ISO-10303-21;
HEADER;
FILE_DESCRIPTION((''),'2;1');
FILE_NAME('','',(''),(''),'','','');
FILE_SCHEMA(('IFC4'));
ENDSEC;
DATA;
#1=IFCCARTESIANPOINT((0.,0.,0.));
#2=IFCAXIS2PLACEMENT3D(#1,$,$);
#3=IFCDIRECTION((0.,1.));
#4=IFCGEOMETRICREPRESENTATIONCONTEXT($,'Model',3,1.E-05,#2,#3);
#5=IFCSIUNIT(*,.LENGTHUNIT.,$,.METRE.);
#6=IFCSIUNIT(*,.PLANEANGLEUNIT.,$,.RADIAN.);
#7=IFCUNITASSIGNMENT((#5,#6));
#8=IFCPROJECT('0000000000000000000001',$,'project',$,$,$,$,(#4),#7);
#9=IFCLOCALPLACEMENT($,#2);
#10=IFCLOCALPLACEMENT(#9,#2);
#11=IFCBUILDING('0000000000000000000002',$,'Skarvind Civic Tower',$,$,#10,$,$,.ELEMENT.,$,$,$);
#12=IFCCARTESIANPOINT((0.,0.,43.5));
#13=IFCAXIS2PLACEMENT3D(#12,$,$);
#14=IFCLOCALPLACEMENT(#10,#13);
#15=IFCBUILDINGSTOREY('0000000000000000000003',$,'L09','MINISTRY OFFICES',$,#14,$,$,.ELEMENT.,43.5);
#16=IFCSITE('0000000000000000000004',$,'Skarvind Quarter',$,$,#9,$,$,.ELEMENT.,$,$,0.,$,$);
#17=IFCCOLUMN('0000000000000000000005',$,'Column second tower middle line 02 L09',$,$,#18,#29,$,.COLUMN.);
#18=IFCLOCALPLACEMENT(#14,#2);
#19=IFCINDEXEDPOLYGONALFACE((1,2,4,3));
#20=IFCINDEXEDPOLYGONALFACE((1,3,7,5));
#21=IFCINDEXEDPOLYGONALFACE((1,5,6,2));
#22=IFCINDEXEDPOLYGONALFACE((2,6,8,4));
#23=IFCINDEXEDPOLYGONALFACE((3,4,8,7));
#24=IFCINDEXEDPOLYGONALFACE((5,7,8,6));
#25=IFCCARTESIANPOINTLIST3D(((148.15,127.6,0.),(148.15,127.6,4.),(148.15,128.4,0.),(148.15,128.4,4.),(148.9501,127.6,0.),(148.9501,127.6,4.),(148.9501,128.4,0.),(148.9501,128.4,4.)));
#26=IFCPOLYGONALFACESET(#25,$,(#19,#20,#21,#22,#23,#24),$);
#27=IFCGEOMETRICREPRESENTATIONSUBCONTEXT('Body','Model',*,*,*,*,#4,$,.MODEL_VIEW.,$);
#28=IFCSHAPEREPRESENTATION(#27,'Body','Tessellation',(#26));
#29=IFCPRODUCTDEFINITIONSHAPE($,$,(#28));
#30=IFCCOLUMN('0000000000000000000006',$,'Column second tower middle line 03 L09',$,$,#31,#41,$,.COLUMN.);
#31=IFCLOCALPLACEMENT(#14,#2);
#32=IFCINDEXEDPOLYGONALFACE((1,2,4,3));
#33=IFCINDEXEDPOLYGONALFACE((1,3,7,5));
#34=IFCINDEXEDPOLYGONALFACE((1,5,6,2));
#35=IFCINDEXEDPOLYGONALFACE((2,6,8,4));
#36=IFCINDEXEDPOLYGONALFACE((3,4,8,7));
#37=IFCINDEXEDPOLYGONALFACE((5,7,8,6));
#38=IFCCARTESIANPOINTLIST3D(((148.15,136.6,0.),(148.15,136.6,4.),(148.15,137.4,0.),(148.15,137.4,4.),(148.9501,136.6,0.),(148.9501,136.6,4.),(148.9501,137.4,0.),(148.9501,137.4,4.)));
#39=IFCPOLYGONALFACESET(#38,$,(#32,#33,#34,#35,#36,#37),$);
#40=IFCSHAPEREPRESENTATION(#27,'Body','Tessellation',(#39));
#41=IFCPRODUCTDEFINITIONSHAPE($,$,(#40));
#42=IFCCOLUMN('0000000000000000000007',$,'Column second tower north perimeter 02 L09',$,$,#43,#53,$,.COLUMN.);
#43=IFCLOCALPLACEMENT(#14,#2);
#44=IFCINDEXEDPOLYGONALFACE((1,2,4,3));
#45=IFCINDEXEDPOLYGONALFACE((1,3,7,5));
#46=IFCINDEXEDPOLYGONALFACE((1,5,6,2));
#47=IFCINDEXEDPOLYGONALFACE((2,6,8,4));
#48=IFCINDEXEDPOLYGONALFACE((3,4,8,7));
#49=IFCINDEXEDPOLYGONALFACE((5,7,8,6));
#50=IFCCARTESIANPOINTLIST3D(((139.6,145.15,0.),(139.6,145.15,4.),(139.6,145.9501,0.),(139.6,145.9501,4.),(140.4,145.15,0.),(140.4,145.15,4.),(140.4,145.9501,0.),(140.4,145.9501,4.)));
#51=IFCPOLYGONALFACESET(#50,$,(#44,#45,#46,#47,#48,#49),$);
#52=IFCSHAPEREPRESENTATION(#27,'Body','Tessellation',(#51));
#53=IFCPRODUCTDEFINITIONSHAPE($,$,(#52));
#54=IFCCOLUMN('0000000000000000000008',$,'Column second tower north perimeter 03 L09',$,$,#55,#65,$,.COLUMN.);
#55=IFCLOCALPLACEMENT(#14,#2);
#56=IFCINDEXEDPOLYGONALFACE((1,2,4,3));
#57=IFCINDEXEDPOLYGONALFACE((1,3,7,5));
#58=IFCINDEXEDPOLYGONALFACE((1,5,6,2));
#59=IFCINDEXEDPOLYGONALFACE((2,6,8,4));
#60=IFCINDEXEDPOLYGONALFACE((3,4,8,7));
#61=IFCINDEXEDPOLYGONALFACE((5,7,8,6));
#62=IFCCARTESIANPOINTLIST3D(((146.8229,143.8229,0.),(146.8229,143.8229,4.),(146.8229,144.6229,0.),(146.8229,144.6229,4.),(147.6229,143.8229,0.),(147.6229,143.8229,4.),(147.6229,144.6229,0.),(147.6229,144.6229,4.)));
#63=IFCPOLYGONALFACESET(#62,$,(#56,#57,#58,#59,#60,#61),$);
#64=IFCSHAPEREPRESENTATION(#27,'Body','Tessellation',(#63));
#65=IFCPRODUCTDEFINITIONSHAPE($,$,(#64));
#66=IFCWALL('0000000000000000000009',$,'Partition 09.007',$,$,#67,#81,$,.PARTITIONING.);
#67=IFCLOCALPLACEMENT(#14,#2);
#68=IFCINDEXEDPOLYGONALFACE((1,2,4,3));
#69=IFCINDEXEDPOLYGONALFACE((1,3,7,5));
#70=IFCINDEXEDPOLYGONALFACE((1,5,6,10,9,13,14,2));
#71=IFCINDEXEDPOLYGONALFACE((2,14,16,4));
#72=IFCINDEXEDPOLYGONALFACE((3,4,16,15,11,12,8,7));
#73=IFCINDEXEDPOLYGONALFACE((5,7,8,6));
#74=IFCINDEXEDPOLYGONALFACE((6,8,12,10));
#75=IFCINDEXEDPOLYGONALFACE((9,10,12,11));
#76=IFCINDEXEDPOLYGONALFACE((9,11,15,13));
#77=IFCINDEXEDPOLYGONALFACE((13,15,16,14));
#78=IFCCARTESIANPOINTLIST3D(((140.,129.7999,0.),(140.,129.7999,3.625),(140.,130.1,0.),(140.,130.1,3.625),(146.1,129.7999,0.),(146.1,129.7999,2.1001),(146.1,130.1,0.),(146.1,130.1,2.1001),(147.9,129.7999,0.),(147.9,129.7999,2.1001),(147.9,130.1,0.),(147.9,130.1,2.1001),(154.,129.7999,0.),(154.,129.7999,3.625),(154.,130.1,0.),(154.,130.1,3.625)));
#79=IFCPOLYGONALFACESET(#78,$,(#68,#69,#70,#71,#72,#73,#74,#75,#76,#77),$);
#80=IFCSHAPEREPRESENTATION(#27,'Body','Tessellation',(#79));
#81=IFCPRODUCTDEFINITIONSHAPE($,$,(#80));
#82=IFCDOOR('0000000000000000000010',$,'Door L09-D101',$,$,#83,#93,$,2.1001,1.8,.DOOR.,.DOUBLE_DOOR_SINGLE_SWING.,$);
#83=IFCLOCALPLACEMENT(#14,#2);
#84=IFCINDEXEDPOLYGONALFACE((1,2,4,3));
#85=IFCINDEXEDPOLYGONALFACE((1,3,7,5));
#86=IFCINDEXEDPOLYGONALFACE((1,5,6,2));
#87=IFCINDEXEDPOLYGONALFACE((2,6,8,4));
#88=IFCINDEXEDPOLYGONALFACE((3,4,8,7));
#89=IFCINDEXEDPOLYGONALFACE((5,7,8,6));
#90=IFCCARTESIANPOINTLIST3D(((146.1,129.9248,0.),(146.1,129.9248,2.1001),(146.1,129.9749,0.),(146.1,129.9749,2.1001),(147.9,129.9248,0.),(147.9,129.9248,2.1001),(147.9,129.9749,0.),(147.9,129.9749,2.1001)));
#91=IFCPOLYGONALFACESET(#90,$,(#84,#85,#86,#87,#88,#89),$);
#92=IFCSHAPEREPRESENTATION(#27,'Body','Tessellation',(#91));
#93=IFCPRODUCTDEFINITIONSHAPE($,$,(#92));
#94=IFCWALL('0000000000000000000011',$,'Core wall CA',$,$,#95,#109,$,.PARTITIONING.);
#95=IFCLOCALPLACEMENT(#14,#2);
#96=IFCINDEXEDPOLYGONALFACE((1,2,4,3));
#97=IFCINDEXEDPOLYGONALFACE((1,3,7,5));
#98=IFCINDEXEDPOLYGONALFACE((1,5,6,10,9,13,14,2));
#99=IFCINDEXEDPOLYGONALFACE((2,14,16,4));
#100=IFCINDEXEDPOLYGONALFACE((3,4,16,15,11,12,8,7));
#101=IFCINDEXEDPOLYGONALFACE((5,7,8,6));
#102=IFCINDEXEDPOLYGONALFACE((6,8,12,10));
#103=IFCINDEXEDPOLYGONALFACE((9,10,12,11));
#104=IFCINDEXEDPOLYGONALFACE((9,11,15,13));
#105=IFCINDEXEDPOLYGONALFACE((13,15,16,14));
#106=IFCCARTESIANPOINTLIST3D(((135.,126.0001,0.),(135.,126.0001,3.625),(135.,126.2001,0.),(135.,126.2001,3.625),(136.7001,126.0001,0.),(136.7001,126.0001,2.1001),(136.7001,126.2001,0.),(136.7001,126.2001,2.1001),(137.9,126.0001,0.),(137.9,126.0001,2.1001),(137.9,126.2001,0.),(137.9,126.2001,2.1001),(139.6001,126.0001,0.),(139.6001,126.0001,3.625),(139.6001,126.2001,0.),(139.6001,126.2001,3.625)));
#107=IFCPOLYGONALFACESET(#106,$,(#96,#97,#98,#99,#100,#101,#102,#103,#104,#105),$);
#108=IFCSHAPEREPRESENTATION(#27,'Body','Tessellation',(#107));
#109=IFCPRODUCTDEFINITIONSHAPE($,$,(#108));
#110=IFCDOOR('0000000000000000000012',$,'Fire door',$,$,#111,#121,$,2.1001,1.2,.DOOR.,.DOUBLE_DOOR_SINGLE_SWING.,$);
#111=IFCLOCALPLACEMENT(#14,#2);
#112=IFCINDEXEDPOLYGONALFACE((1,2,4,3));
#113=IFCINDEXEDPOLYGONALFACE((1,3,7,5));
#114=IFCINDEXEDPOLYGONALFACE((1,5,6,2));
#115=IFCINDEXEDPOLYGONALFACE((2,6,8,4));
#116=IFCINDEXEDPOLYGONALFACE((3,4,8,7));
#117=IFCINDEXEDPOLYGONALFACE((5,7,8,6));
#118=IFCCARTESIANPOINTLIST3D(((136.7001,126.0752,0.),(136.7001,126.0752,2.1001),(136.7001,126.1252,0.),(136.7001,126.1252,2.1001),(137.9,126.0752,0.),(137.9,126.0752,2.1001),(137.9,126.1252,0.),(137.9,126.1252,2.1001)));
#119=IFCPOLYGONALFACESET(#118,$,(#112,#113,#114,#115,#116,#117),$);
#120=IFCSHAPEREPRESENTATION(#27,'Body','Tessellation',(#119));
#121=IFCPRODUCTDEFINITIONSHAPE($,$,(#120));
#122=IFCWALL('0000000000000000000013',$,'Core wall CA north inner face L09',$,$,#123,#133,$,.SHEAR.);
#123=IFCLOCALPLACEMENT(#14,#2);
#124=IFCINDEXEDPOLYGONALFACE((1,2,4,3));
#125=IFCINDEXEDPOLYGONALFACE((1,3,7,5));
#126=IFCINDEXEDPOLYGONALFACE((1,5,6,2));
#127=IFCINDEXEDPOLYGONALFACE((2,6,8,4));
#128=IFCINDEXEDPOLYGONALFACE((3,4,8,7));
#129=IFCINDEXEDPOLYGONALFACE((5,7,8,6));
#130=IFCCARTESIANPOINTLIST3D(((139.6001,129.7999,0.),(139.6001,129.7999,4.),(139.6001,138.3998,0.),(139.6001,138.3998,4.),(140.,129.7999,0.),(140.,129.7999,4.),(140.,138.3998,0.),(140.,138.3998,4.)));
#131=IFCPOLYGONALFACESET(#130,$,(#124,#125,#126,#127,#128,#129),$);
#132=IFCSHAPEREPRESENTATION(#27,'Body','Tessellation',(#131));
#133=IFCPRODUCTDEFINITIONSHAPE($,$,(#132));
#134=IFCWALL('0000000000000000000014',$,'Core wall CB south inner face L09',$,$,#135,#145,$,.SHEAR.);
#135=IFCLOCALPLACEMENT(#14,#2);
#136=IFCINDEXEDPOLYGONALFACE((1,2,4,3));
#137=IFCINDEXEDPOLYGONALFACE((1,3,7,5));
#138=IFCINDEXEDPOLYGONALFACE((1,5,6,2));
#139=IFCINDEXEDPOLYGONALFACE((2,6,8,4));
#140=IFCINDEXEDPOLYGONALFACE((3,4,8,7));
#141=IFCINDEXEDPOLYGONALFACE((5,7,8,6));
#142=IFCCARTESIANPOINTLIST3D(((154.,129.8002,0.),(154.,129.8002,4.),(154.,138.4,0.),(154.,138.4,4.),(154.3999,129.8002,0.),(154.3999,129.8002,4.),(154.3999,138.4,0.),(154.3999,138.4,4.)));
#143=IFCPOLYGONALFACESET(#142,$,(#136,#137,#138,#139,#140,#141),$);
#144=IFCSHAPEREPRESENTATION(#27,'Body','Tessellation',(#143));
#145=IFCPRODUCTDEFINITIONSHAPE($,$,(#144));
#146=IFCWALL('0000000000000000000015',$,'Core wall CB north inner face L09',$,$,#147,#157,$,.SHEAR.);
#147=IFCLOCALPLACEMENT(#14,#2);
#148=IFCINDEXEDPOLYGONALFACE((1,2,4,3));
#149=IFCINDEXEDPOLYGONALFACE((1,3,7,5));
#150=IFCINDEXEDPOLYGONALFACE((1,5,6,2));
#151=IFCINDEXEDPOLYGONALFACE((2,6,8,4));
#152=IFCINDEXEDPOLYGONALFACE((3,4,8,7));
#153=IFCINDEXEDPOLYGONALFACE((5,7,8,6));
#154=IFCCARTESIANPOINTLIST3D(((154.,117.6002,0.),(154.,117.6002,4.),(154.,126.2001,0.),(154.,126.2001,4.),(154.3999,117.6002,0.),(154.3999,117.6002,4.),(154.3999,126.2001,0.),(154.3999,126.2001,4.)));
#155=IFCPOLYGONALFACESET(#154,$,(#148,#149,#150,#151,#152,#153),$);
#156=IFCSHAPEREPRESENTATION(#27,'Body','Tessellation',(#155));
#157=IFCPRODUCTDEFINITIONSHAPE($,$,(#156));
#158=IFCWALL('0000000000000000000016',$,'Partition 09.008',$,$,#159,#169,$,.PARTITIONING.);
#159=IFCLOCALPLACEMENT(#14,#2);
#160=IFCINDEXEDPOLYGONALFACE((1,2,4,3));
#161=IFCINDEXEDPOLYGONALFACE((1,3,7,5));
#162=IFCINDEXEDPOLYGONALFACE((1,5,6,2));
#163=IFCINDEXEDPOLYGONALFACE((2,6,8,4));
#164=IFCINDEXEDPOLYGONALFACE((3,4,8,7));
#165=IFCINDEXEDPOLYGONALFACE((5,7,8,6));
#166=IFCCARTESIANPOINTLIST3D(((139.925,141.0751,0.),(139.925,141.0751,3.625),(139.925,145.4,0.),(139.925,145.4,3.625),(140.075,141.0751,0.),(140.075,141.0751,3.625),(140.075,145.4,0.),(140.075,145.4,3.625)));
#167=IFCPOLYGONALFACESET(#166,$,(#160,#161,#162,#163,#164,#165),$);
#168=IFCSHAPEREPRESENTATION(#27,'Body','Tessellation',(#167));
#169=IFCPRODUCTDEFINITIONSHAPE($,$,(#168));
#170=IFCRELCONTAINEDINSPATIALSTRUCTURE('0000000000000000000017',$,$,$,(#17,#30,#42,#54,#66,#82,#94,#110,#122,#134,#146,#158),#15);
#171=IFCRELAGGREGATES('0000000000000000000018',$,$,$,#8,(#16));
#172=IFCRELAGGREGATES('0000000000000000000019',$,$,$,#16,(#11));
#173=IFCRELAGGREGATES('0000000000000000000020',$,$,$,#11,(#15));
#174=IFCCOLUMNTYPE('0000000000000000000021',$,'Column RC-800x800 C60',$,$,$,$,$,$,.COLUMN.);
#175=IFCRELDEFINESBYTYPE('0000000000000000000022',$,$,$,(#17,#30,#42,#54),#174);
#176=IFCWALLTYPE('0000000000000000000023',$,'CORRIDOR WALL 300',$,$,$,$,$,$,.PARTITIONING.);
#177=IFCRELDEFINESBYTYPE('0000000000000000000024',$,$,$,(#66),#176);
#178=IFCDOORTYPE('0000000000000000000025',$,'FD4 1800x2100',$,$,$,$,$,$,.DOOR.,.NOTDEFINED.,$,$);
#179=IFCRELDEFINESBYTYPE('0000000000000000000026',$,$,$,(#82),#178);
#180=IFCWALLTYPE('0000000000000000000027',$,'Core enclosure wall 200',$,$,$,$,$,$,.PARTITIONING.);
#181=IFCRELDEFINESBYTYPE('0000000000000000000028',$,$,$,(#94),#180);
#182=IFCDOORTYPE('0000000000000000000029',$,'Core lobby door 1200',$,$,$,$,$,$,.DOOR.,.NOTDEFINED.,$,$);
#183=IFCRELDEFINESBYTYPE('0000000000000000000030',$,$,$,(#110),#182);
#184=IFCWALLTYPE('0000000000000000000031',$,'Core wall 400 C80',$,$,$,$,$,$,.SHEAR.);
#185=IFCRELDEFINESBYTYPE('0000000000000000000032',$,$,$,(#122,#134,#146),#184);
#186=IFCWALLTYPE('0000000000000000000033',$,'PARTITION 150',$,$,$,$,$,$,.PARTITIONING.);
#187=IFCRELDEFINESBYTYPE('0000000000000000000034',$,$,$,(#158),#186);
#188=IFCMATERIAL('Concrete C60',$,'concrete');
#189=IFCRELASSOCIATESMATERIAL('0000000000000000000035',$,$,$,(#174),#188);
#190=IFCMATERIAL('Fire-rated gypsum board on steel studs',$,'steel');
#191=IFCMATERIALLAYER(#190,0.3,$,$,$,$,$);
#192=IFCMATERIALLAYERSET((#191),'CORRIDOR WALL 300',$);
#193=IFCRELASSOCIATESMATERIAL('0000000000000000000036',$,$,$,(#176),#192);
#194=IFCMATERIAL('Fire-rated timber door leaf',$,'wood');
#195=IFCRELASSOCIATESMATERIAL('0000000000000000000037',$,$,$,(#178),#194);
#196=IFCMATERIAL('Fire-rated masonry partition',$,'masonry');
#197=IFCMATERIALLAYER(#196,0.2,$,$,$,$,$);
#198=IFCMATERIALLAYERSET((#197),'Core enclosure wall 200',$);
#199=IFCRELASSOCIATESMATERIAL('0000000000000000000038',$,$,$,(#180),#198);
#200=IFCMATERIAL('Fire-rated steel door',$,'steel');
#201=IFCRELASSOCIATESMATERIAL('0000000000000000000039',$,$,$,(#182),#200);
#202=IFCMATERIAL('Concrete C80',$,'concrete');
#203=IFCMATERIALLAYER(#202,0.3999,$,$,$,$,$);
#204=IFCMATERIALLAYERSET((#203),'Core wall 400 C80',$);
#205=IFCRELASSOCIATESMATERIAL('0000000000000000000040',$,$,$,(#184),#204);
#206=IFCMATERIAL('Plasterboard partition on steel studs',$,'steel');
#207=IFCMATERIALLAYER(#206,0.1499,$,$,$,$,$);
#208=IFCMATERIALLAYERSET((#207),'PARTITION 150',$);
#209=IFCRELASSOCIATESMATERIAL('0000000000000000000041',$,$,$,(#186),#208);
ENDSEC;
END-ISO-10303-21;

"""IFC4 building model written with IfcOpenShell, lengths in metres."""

from ifc_helpers import new_model, si_unit, direction, frame, frame_2d, origin, origin_2d, place, context, subcontext, project, spatial, rectangle, extrude, material, layer, layer_set, material_profile, profile_set, type_object, element, fill, save


model = new_model("IFC4")

# Units and contexts
model_context = context("Model", 3, precision=1e-05, world=origin(), true_north=direction((0.0, 1.0)))
body_context = subcontext(model_context, "Body", "Model", "MODEL_VIEW")
ifc_project = project(units=[si_unit("LENGTHUNIT", "METRE"), si_unit("PLANEANGLEUNIT", "RADIAN")], contexts=[model_context])

# Site, building, storey
site_placement = place(None, origin())
site = spatial("IfcSite", under=ifc_project, at=site_placement, Name="Skarvind Quarter", CompositionType="ELEMENT", RefElevation=0.0)
building_placement = place(site_placement, origin())
building = spatial("IfcBuilding", under=site, at=building_placement, Name="Skarvind Civic Tower", CompositionType="ELEMENT")
storey_placement = place(building_placement, frame((0.0, 0.0, 43.5)))
storey = spatial("IfcBuildingStorey", under=building, at=storey_placement, Name="L09", Description="MINISTRY OFFICES", CompositionType="ELEMENT", Elevation=43.5)

# Columns
ifc_material_1 = material(Name="Concrete C60", Category="concrete")
ifc_material_profile = material_profile(ifc_material_1, rectangle(XDim=0.8, YDim=0.8, at=origin_2d()), Name="RC-800x800")
ifc_profile_set = profile_set([ifc_material_profile], Name="Concrete C60")
column_type = type_object("IfcColumnType", Name="Column RC-800x800 C60", PredefinedType="COLUMN", material=ifc_profile_set)
for number, where, z_axis, x_axis, name in (
    (1, (148.55, 128.0, 0.0), (0.0, 0.0, 1.0), (1.0, 0.0, 0.0), "Column second tower middle line 02 L09"),
    (2, (148.55, 137.0, 0.0), (0.0, 0.0, 1.0), (1.0, 0.0, 0.0), "Column second tower middle line 03 L09"),
    (3, (140.0, 145.55, 0.0), (0.0, 0.0, 1.0), (1.0, 0.0, 0.0), "Column second tower north perimeter 02 L09"),
    (4, (147.2229, 144.2229, 0.0), (0.0, 0.0, 1.0), (1.0, 0.0, 0.0), "Column second tower north perimeter 03 L09"),
):
    element("IfcColumn", number, at=place(storey_placement, frame(where, z_axis=z_axis, x_axis=x_axis)), inside=storey, type_object=column_type, Name=name, PredefinedType="COLUMN", context=body_context, shape_type="SweptSolid", body=[
        extrude(rectangle(XDim=0.8, YDim=0.8, at=origin_2d()), origin(), (0.0, 0.0, 1.0), 4.0),
    ])

# Walls, openings, doors
ifc_material_2 = material(Name="Fire-rated gypsum board on steel studs", Category="steel")
ifc_layer_1 = layer(ifc_material_2, 0.3)
ifc_layer_set_1 = layer_set([ifc_layer_1], Name="CORRIDOR WALL 300")
wall_type_1 = type_object("IfcWallType", Name="CORRIDOR WALL 300", PredefinedType="PARTITIONING", material=ifc_layer_set_1)
wall_1_placement = place(storey_placement, frame((140.0, 129.95, 0.0), z_axis=(0.0, 0.0, 1.0), x_axis=(1.0, 0.0, 0.0)))
wall_1 = element("IfcWall", 5, at=wall_1_placement, inside=storey, type_object=wall_type_1, Name="Partition 09.007", PredefinedType="PARTITIONING", context=body_context, shape_type="SweptSolid", body=[
    extrude(rectangle(XDim=14.0, YDim=0.3, at=frame_2d((7.0, 0.0))), origin(), (0.0, 0.0, 1.0), 3.625),
])
opening_1_placement = place(wall_1_placement, frame((6.1001, 0.0, 0.0)))
opening_1 = element("IfcOpeningElement", 6, at=opening_1_placement, cuts=wall_1, PredefinedType="OPENING", context=body_context, shape_type="SweptSolid", body=[
    extrude(rectangle(XDim=1.8, YDim=2.1001, at=frame_2d((0.8999, 1.05))), frame((0.0, 0.1599, 0.0), z_axis=(0.0, -1.0, 0.0), x_axis=(1.0, 0.0, 0.0)), (0.0, 0.0, 1.0), 0.3201),
])
ifc_material_3 = material(Name="Fire-rated timber door leaf", Category="wood")
door_type_1 = type_object("IfcDoorType", Name="FD4 1800x2100", OperationType="NOTDEFINED", PredefinedType="DOOR", material=ifc_material_3)
door_1_placement = place(opening_1_placement, origin())
door_1 = element("IfcDoor", 7, at=door_1_placement, inside=storey, type_object=door_type_1, Name="Door L09-D101", OperationType="DOUBLE_DOOR_SINGLE_SWING", OverallHeight=2.1001, OverallWidth=1.8, PredefinedType="DOOR", context=body_context, shape_type="SweptSolid", body=[
    extrude(rectangle(XDim=1.8, YDim=2.1001, at=frame_2d((0.8999, 1.05))), frame((0.0, 0.0249, 0.0), z_axis=(0.0, -1.0, 0.0), x_axis=(1.0, 0.0, 0.0)), (0.0, 0.0, 1.0), 0.05),
])
fill(opening_1, door_1)
ifc_material_4 = material(Name="Fire-rated masonry partition", Category="masonry")
ifc_layer_2 = layer(ifc_material_4, 0.2)
ifc_layer_set_2 = layer_set([ifc_layer_2], Name="Core enclosure wall 200")
wall_type_2 = type_object("IfcWallType", Name="Core enclosure wall 200", PredefinedType="PARTITIONING", material=ifc_layer_set_2)
wall_2_placement = place(storey_placement, frame((139.6001, 126.1001, 0.0), z_axis=(0.0, 0.0, 1.0), x_axis=(-1.0, 0.0, 0.0)))
wall_2 = element("IfcWall", 8, at=wall_2_placement, inside=storey, type_object=wall_type_2, Name="Core wall CA", PredefinedType="PARTITIONING", context=body_context, shape_type="SweptSolid", body=[
    extrude(rectangle(XDim=4.6001, YDim=0.2, at=frame_2d((2.3, 0.0))), origin(), (0.0, 0.0, 1.0), 3.625),
])
opening_2_placement = place(wall_2_placement, frame((1.7, 0.0, 0.0)))
opening_2 = element("IfcOpeningElement", 9, at=opening_2_placement, cuts=wall_2, PredefinedType="OPENING", context=body_context, shape_type="SweptSolid", body=[
    extrude(rectangle(XDim=1.2, YDim=2.1001, at=frame_2d((0.6001, 1.05))), frame((0.0, 0.1099, 0.0), z_axis=(0.0, -1.0, 0.0), x_axis=(1.0, 0.0, 0.0)), (0.0, 0.0, 1.0), 0.22),
])
ifc_material_5 = material(Name="Fire-rated steel door", Category="steel")
door_type_2 = type_object("IfcDoorType", Name="Core lobby door 1200", OperationType="NOTDEFINED", PredefinedType="DOOR", material=ifc_material_5)
door_2_placement = place(opening_2_placement, origin())
door_2 = element("IfcDoor", 10, at=door_2_placement, inside=storey, type_object=door_type_2, Name="Fire door", OperationType="DOUBLE_DOOR_SINGLE_SWING", OverallHeight=2.1001, OverallWidth=1.2, PredefinedType="DOOR", context=body_context, shape_type="SweptSolid", body=[
    extrude(rectangle(XDim=1.2, YDim=2.1001, at=frame_2d((0.6001, 1.05))), frame((0.0, 0.0249, 0.0), z_axis=(0.0, -1.0, 0.0), x_axis=(1.0, 0.0, 0.0)), (0.0, 0.0, 1.0), 0.05),
])
fill(opening_2, door_2)

# Walls
ifc_material_6 = material(Name="Concrete C80", Category="concrete")
ifc_layer_3 = layer(ifc_material_6, 0.3999)
ifc_layer_set_3 = layer_set([ifc_layer_3], Name="Core wall 400 C80")
wall_type_3 = type_object("IfcWallType", Name="Core wall 400 C80", PredefinedType="SHEAR", material=ifc_layer_set_3)
for number, where, z_axis, x_axis, name in (
    (11, (139.8, 129.8, 0.0), (0.0, 0.0, 1.0), (0.0, 1.0, 0.0), "Core wall CA north inner face L09"),
    (12, (154.2, 138.3999, 0.0), (0.0, 0.0, 1.0), (0.0, -1.0, 0.0), "Core wall CB south inner face L09"),
    (13, (154.2, 126.2, 0.0), (0.0, 0.0, 1.0), (0.0, -1.0, 0.0), "Core wall CB north inner face L09"),
):
    element("IfcWall", number, at=place(storey_placement, frame(where, z_axis=z_axis, x_axis=x_axis)), inside=storey, type_object=wall_type_3, Name=name, PredefinedType="SHEAR", context=body_context, shape_type="SweptSolid", body=[
        extrude(rectangle(XDim=8.5999, YDim=0.3999, at=frame_2d((4.2998, 0.0))), origin(), (0.0, 0.0, 1.0), 4.0),
    ])
ifc_material_7 = material(Name="Plasterboard partition on steel studs", Category="steel")
ifc_layer_4 = layer(ifc_material_7, 0.1499)
ifc_layer_set_4 = layer_set([ifc_layer_4], Name="PARTITION 150")
wall_type_4 = type_object("IfcWallType", Name="PARTITION 150", PredefinedType="PARTITIONING", material=ifc_layer_set_4)
wall_3_placement = place(storey_placement, frame((140.0, 141.075, 0.0), z_axis=(0.0, 0.0, 1.0), x_axis=(0.0, 1.0, 0.0)))
element("IfcWall", 14, at=wall_3_placement, inside=storey, type_object=wall_type_4, Name="Partition 09.008", PredefinedType="PARTITIONING", context=body_context, shape_type="SweptSolid", body=[
    extrude(rectangle(XDim=4.325, YDim=0.1499, at=frame_2d((2.1626, 0.0))), origin(), (0.0, 0.0, 1.0), 3.625),
])

save(model, "model.ifc")
